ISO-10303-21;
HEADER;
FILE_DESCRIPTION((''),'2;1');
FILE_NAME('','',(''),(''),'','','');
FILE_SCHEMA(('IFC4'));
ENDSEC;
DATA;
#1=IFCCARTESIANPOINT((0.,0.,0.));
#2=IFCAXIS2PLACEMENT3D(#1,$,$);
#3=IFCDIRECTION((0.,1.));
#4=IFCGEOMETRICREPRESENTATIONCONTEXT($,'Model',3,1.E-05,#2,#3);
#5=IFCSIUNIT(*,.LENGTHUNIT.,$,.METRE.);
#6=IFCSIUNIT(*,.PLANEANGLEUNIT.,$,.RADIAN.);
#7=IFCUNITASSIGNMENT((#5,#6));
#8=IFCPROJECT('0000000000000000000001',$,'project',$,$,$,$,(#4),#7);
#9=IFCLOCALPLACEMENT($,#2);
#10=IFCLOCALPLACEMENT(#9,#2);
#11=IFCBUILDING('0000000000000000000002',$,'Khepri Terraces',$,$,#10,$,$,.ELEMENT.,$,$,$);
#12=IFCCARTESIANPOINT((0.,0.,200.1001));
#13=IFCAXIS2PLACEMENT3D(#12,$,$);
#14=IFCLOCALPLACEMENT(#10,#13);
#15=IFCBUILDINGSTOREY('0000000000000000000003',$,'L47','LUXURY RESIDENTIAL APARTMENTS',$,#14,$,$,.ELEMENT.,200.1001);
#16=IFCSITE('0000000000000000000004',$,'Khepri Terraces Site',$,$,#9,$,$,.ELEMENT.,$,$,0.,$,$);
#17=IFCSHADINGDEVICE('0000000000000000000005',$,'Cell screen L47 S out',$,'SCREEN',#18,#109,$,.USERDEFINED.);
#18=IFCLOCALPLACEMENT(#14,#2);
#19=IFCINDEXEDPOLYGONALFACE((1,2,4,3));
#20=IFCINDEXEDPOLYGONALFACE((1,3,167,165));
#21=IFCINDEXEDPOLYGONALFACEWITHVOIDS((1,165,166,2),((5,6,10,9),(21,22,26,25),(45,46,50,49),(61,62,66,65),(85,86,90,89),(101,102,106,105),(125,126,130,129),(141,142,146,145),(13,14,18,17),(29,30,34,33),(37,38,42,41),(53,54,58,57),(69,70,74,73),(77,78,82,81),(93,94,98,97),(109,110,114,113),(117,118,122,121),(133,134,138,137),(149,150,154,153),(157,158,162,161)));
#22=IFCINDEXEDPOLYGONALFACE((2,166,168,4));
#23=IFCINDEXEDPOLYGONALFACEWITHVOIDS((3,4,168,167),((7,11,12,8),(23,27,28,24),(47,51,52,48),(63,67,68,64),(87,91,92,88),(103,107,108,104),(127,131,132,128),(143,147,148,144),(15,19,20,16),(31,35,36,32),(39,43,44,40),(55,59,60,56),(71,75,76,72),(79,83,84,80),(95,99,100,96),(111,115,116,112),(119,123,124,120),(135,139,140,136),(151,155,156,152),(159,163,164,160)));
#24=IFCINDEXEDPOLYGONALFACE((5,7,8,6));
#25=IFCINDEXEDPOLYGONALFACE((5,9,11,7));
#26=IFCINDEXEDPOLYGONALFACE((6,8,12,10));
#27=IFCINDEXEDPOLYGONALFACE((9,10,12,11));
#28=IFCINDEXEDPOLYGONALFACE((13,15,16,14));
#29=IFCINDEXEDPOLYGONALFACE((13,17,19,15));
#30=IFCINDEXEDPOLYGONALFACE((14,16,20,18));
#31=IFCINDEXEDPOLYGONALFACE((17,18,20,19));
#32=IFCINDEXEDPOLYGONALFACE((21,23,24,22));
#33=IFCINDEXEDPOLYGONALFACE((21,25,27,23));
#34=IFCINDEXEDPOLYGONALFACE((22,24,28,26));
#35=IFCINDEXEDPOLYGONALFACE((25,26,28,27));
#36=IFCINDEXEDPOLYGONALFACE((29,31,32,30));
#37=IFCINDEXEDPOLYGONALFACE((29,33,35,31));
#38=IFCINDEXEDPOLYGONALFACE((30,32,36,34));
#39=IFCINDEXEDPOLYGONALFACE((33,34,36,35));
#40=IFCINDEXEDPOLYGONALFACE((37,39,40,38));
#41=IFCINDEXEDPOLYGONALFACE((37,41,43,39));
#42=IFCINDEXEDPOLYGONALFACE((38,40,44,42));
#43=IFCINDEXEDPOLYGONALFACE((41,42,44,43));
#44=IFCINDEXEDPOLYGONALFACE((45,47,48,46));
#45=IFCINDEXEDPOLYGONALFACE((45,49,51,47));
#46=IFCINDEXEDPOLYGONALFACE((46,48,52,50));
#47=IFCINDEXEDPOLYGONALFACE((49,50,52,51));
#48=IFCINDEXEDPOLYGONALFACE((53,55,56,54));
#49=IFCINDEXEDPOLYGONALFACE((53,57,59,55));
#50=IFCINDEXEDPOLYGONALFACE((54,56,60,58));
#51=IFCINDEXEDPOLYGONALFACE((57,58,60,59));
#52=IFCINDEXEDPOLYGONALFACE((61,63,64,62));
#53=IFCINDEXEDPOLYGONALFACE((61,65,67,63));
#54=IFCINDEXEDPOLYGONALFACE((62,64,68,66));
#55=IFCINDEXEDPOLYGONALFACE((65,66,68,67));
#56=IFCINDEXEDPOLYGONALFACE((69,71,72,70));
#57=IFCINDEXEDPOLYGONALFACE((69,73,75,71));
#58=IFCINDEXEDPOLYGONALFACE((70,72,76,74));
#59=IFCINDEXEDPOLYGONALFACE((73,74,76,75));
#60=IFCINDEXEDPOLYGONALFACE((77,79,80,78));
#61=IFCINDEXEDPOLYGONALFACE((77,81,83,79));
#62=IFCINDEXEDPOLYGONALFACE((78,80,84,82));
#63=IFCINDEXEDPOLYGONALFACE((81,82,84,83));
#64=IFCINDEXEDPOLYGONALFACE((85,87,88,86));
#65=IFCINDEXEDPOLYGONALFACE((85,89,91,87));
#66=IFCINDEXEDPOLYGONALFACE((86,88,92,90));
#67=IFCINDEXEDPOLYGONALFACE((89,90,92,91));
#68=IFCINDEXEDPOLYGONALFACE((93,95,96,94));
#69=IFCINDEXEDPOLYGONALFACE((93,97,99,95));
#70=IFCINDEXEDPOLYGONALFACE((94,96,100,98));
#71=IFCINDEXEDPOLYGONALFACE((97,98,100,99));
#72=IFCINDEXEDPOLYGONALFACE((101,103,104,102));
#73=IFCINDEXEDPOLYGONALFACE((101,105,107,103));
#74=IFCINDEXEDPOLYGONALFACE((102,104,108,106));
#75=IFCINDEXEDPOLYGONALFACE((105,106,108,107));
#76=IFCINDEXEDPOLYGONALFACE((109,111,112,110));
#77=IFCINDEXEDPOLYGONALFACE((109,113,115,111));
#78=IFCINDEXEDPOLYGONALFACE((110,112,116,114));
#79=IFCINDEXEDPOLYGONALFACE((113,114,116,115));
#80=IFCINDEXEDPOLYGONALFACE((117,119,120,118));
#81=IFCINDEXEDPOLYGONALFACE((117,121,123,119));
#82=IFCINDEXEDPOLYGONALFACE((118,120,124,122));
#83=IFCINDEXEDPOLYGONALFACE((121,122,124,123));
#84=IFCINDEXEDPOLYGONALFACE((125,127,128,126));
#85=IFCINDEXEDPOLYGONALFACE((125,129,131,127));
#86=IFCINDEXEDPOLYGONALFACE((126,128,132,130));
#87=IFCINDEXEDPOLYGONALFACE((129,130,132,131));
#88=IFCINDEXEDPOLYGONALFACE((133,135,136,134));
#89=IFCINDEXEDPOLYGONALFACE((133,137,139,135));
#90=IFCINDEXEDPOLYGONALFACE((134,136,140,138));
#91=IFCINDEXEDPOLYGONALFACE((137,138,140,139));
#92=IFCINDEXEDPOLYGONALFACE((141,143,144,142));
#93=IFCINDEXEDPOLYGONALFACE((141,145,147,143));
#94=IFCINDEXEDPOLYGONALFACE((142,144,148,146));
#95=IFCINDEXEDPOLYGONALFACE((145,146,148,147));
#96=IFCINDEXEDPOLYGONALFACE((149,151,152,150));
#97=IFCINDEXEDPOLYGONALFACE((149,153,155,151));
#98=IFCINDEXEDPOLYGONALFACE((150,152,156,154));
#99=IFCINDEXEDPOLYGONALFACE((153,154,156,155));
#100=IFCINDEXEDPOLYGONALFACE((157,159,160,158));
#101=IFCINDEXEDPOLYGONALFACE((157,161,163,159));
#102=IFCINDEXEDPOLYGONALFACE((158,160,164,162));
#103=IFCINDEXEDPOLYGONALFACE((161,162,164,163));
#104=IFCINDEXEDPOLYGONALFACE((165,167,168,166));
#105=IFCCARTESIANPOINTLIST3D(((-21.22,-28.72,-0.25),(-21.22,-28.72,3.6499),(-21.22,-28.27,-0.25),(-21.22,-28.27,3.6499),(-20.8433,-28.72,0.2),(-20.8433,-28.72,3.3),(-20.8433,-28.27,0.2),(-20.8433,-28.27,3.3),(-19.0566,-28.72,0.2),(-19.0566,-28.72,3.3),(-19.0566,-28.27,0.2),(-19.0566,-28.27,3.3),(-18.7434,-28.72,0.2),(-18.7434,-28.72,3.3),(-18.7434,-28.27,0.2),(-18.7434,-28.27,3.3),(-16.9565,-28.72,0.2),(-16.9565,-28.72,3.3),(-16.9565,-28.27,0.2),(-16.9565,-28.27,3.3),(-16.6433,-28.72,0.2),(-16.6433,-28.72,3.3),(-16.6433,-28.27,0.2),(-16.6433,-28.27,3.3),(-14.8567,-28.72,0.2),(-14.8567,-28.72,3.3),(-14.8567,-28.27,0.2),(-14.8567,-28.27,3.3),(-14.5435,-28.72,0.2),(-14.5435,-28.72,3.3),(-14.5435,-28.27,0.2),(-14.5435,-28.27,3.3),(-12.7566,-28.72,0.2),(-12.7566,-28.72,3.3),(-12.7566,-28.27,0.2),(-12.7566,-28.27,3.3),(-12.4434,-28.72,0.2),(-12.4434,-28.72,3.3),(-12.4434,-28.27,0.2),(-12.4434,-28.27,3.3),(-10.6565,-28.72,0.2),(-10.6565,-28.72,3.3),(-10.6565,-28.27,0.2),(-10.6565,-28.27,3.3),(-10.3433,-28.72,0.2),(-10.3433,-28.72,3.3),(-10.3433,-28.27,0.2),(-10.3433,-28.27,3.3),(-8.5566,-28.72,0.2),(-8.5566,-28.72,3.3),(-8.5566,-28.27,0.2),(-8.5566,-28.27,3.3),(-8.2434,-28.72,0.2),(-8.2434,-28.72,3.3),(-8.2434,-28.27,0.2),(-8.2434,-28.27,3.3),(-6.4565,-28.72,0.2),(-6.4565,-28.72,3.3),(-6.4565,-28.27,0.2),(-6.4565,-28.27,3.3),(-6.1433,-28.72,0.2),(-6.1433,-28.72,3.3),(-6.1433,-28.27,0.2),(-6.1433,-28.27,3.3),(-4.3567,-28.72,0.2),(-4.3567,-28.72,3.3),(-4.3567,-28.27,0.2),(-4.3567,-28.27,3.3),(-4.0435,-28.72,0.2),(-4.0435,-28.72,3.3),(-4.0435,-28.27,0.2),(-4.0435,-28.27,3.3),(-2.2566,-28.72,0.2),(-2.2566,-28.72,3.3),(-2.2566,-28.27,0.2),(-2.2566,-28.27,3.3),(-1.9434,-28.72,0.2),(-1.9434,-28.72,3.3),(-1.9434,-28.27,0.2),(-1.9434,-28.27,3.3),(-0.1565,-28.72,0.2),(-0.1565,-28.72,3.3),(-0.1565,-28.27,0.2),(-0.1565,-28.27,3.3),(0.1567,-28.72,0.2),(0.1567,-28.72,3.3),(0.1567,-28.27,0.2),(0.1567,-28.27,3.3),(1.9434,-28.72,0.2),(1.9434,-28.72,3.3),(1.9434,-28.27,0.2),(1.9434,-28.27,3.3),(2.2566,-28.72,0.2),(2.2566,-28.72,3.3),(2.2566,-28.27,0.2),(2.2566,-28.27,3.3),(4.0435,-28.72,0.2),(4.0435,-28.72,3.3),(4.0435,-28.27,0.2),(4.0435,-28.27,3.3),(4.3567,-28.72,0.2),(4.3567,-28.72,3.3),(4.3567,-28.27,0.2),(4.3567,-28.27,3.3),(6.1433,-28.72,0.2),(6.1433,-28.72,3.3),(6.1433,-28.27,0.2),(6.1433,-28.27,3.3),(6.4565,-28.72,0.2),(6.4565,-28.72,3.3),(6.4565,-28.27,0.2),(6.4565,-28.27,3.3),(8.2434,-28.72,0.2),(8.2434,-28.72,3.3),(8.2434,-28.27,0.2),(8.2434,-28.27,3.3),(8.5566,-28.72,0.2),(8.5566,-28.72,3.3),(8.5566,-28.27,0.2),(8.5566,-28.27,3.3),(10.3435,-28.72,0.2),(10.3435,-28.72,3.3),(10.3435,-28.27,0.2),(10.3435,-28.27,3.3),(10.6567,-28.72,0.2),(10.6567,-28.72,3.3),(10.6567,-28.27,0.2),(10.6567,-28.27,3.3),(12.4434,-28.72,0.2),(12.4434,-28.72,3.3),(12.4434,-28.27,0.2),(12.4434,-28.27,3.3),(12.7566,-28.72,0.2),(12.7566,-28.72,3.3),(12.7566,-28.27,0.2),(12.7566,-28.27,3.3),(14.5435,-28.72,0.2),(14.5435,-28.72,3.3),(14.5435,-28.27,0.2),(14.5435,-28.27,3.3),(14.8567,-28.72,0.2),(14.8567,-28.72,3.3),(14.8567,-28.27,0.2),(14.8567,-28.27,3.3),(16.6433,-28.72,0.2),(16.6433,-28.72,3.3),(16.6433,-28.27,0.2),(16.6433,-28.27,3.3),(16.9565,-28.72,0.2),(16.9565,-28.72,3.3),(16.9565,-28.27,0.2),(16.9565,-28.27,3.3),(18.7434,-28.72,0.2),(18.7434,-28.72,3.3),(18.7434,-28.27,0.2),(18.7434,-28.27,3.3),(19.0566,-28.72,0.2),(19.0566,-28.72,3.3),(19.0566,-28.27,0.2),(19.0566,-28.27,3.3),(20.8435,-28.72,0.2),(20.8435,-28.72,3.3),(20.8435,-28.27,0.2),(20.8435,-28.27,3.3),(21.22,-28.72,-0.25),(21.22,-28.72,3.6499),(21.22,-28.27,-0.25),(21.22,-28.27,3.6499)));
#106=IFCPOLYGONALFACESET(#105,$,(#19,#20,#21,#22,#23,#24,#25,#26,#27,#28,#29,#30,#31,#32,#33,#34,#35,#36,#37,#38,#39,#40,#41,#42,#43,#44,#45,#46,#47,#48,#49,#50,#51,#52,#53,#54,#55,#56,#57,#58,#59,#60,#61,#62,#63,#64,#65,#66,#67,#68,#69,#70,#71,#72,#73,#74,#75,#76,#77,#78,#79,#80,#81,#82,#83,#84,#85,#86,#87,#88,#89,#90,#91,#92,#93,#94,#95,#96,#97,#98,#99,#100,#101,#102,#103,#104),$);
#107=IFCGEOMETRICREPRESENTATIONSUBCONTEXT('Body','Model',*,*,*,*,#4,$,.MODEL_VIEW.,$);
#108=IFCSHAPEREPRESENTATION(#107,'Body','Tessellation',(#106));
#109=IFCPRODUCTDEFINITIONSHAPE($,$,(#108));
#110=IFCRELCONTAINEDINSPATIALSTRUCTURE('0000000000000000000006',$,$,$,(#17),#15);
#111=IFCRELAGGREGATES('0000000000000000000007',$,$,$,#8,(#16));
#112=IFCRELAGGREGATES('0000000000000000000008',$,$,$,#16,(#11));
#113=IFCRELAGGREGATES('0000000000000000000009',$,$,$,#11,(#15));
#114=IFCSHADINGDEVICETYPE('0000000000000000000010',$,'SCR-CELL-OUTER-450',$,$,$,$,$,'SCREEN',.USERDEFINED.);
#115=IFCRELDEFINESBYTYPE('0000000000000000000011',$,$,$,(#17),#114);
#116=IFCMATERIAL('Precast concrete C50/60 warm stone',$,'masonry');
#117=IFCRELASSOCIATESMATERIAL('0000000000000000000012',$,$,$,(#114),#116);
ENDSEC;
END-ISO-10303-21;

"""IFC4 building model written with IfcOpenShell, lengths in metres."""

from ifc_helpers import new_model, si_unit, direction, frame, origin, place, context, subcontext, project, spatial, polyline, outline, extrude, material, type_object, element, save


model = new_model("IFC4")

# Units and contexts
model_context = context("Model", 3, precision=1e-05, world=origin(), true_north=direction((0.0, 1.0)))
body_context = subcontext(model_context, "Body", "Model", "MODEL_VIEW")
ifc_project = project(units=[si_unit("LENGTHUNIT", "METRE"), si_unit("PLANEANGLEUNIT", "RADIAN")], contexts=[model_context])

# Site, building, storey
site_placement = place(None, origin())
site = spatial("IfcSite", under=ifc_project, at=site_placement, Name="Khepri Terraces Site", CompositionType="ELEMENT", RefElevation=0.0)
building_placement = place(site_placement, origin())
building = spatial("IfcBuilding", under=site, at=building_placement, Name="Khepri Terraces", CompositionType="ELEMENT")
storey_placement = place(building_placement, frame((0.0, 0.0, 200.1001)))
storey = spatial("IfcBuildingStorey", under=building, at=storey_placement, Name="L47", Description="LUXURY RESIDENTIAL APARTMENTS", CompositionType="ELEMENT", Elevation=200.1001)

# Shared definitions
ifc_material_1 = material(Name="Precast concrete C50/60 warm stone", Category="masonry")

# Shading device
shading_device_type_1 = type_object("IfcShadingDeviceType", Name="SCR-CELL-OUTER-450", ElementType="SCREEN", PredefinedType="USERDEFINED", material=ifc_material_1)
shading_device_1_placement = place(storey_placement, frame((-21.22, -28.27, -0.25), z_axis=(0.0, -1.0, 0.0), x_axis=(1.0, 0.0, 0.0)))
element("IfcShadingDevice", 1, at=shading_device_1_placement, inside=storey, type_object=shading_device_type_1, Name="Cell screen L47 S out", ObjectType="SCREEN", PredefinedType="USERDEFINED", context=body_context, shape_type="SweptSolid", body=[
    extrude(outline(polyline([(0.0, 0.0), (42.4399, 0.0), (42.4399, 3.8999), (0.0, 3.8999), (0.0, 0.0)]), holes=[polyline([(0.3767, 0.45), (2.1633, 0.45), (2.1633, 3.55), (0.3767, 3.55), (0.3767, 0.45)]), polyline([(2.4766, 0.45), (4.2634, 0.45), (4.2634, 3.55), (2.4766, 3.55), (2.4766, 0.45)]), polyline([(4.5767, 0.45), (6.3633, 0.45), (6.3633, 3.55), (4.5767, 3.55), (4.5767, 0.45)]), polyline([(6.6765, 0.45), (8.4634, 0.45), (8.4634, 3.55), (6.6765, 3.55), (6.6765, 0.45)]), polyline([(8.7766, 0.45), (10.5635, 0.45), (10.5635, 3.55), (8.7766, 3.55), (8.7766, 0.45)]), polyline([(10.8767, 0.45), (12.6633, 0.45), (12.6633, 3.55), (10.8767, 3.55), (10.8767, 0.45)]), polyline([(12.9766, 0.45), (14.7634, 0.45), (14.7634, 3.55), (12.9766, 3.55), (12.9766, 0.45)]), polyline([(15.0767, 0.45), (16.8633, 0.45), (16.8633, 3.55), (15.0767, 3.55), (15.0767, 0.45)]), polyline([(17.1765, 0.45), (18.9634, 0.45), (18.9634, 3.55), (17.1765, 3.55), (17.1765, 0.45)]), polyline([(19.2766, 0.45), (21.0635, 0.45), (21.0635, 3.55), (19.2766, 3.55), (19.2766, 0.45)]), polyline([(21.3767, 0.45), (23.1633, 0.45), (23.1633, 3.55), (21.3767, 3.55), (21.3767, 0.45)]), polyline([(23.4766, 0.45), (25.2634, 0.45), (25.2634, 3.55), (23.4766, 3.55), (23.4766, 0.45)]), polyline([(25.5767, 0.45), (27.3633, 0.45), (27.3633, 3.55), (25.5767, 3.55), (25.5767, 0.45)]), polyline([(27.6765, 0.45), (29.4634, 0.45), (29.4634, 3.55), (27.6765, 3.55), (27.6765, 0.45)]), polyline([(29.7766, 0.45), (31.5635, 0.45), (31.5635, 3.55), (29.7766, 3.55), (29.7766, 0.45)]), polyline([(31.8767, 0.45), (33.6633, 0.45), (33.6633, 3.55), (31.8767, 3.55), (31.8767, 0.45)]), polyline([(33.9766, 0.45), (35.7634, 0.45), (35.7634, 3.55), (33.9766, 3.55), (33.9766, 0.45)]), polyline([(36.0767, 0.45), (37.8633, 0.45), (37.8633, 3.55), (36.0767, 3.55), (36.0767, 0.45)]), polyline([(38.1765, 0.45), (39.9634, 0.45), (39.9634, 3.55), (38.1765, 3.55), (38.1765, 0.45)]), polyline([(40.2766, 0.45), (42.0635, 0.45), (42.0635, 3.55), (40.2766, 3.55), (40.2766, 0.45)])]), origin(), (0.0, 0.0, 1.0), 0.45),
])

save(model, "model.ifc")
